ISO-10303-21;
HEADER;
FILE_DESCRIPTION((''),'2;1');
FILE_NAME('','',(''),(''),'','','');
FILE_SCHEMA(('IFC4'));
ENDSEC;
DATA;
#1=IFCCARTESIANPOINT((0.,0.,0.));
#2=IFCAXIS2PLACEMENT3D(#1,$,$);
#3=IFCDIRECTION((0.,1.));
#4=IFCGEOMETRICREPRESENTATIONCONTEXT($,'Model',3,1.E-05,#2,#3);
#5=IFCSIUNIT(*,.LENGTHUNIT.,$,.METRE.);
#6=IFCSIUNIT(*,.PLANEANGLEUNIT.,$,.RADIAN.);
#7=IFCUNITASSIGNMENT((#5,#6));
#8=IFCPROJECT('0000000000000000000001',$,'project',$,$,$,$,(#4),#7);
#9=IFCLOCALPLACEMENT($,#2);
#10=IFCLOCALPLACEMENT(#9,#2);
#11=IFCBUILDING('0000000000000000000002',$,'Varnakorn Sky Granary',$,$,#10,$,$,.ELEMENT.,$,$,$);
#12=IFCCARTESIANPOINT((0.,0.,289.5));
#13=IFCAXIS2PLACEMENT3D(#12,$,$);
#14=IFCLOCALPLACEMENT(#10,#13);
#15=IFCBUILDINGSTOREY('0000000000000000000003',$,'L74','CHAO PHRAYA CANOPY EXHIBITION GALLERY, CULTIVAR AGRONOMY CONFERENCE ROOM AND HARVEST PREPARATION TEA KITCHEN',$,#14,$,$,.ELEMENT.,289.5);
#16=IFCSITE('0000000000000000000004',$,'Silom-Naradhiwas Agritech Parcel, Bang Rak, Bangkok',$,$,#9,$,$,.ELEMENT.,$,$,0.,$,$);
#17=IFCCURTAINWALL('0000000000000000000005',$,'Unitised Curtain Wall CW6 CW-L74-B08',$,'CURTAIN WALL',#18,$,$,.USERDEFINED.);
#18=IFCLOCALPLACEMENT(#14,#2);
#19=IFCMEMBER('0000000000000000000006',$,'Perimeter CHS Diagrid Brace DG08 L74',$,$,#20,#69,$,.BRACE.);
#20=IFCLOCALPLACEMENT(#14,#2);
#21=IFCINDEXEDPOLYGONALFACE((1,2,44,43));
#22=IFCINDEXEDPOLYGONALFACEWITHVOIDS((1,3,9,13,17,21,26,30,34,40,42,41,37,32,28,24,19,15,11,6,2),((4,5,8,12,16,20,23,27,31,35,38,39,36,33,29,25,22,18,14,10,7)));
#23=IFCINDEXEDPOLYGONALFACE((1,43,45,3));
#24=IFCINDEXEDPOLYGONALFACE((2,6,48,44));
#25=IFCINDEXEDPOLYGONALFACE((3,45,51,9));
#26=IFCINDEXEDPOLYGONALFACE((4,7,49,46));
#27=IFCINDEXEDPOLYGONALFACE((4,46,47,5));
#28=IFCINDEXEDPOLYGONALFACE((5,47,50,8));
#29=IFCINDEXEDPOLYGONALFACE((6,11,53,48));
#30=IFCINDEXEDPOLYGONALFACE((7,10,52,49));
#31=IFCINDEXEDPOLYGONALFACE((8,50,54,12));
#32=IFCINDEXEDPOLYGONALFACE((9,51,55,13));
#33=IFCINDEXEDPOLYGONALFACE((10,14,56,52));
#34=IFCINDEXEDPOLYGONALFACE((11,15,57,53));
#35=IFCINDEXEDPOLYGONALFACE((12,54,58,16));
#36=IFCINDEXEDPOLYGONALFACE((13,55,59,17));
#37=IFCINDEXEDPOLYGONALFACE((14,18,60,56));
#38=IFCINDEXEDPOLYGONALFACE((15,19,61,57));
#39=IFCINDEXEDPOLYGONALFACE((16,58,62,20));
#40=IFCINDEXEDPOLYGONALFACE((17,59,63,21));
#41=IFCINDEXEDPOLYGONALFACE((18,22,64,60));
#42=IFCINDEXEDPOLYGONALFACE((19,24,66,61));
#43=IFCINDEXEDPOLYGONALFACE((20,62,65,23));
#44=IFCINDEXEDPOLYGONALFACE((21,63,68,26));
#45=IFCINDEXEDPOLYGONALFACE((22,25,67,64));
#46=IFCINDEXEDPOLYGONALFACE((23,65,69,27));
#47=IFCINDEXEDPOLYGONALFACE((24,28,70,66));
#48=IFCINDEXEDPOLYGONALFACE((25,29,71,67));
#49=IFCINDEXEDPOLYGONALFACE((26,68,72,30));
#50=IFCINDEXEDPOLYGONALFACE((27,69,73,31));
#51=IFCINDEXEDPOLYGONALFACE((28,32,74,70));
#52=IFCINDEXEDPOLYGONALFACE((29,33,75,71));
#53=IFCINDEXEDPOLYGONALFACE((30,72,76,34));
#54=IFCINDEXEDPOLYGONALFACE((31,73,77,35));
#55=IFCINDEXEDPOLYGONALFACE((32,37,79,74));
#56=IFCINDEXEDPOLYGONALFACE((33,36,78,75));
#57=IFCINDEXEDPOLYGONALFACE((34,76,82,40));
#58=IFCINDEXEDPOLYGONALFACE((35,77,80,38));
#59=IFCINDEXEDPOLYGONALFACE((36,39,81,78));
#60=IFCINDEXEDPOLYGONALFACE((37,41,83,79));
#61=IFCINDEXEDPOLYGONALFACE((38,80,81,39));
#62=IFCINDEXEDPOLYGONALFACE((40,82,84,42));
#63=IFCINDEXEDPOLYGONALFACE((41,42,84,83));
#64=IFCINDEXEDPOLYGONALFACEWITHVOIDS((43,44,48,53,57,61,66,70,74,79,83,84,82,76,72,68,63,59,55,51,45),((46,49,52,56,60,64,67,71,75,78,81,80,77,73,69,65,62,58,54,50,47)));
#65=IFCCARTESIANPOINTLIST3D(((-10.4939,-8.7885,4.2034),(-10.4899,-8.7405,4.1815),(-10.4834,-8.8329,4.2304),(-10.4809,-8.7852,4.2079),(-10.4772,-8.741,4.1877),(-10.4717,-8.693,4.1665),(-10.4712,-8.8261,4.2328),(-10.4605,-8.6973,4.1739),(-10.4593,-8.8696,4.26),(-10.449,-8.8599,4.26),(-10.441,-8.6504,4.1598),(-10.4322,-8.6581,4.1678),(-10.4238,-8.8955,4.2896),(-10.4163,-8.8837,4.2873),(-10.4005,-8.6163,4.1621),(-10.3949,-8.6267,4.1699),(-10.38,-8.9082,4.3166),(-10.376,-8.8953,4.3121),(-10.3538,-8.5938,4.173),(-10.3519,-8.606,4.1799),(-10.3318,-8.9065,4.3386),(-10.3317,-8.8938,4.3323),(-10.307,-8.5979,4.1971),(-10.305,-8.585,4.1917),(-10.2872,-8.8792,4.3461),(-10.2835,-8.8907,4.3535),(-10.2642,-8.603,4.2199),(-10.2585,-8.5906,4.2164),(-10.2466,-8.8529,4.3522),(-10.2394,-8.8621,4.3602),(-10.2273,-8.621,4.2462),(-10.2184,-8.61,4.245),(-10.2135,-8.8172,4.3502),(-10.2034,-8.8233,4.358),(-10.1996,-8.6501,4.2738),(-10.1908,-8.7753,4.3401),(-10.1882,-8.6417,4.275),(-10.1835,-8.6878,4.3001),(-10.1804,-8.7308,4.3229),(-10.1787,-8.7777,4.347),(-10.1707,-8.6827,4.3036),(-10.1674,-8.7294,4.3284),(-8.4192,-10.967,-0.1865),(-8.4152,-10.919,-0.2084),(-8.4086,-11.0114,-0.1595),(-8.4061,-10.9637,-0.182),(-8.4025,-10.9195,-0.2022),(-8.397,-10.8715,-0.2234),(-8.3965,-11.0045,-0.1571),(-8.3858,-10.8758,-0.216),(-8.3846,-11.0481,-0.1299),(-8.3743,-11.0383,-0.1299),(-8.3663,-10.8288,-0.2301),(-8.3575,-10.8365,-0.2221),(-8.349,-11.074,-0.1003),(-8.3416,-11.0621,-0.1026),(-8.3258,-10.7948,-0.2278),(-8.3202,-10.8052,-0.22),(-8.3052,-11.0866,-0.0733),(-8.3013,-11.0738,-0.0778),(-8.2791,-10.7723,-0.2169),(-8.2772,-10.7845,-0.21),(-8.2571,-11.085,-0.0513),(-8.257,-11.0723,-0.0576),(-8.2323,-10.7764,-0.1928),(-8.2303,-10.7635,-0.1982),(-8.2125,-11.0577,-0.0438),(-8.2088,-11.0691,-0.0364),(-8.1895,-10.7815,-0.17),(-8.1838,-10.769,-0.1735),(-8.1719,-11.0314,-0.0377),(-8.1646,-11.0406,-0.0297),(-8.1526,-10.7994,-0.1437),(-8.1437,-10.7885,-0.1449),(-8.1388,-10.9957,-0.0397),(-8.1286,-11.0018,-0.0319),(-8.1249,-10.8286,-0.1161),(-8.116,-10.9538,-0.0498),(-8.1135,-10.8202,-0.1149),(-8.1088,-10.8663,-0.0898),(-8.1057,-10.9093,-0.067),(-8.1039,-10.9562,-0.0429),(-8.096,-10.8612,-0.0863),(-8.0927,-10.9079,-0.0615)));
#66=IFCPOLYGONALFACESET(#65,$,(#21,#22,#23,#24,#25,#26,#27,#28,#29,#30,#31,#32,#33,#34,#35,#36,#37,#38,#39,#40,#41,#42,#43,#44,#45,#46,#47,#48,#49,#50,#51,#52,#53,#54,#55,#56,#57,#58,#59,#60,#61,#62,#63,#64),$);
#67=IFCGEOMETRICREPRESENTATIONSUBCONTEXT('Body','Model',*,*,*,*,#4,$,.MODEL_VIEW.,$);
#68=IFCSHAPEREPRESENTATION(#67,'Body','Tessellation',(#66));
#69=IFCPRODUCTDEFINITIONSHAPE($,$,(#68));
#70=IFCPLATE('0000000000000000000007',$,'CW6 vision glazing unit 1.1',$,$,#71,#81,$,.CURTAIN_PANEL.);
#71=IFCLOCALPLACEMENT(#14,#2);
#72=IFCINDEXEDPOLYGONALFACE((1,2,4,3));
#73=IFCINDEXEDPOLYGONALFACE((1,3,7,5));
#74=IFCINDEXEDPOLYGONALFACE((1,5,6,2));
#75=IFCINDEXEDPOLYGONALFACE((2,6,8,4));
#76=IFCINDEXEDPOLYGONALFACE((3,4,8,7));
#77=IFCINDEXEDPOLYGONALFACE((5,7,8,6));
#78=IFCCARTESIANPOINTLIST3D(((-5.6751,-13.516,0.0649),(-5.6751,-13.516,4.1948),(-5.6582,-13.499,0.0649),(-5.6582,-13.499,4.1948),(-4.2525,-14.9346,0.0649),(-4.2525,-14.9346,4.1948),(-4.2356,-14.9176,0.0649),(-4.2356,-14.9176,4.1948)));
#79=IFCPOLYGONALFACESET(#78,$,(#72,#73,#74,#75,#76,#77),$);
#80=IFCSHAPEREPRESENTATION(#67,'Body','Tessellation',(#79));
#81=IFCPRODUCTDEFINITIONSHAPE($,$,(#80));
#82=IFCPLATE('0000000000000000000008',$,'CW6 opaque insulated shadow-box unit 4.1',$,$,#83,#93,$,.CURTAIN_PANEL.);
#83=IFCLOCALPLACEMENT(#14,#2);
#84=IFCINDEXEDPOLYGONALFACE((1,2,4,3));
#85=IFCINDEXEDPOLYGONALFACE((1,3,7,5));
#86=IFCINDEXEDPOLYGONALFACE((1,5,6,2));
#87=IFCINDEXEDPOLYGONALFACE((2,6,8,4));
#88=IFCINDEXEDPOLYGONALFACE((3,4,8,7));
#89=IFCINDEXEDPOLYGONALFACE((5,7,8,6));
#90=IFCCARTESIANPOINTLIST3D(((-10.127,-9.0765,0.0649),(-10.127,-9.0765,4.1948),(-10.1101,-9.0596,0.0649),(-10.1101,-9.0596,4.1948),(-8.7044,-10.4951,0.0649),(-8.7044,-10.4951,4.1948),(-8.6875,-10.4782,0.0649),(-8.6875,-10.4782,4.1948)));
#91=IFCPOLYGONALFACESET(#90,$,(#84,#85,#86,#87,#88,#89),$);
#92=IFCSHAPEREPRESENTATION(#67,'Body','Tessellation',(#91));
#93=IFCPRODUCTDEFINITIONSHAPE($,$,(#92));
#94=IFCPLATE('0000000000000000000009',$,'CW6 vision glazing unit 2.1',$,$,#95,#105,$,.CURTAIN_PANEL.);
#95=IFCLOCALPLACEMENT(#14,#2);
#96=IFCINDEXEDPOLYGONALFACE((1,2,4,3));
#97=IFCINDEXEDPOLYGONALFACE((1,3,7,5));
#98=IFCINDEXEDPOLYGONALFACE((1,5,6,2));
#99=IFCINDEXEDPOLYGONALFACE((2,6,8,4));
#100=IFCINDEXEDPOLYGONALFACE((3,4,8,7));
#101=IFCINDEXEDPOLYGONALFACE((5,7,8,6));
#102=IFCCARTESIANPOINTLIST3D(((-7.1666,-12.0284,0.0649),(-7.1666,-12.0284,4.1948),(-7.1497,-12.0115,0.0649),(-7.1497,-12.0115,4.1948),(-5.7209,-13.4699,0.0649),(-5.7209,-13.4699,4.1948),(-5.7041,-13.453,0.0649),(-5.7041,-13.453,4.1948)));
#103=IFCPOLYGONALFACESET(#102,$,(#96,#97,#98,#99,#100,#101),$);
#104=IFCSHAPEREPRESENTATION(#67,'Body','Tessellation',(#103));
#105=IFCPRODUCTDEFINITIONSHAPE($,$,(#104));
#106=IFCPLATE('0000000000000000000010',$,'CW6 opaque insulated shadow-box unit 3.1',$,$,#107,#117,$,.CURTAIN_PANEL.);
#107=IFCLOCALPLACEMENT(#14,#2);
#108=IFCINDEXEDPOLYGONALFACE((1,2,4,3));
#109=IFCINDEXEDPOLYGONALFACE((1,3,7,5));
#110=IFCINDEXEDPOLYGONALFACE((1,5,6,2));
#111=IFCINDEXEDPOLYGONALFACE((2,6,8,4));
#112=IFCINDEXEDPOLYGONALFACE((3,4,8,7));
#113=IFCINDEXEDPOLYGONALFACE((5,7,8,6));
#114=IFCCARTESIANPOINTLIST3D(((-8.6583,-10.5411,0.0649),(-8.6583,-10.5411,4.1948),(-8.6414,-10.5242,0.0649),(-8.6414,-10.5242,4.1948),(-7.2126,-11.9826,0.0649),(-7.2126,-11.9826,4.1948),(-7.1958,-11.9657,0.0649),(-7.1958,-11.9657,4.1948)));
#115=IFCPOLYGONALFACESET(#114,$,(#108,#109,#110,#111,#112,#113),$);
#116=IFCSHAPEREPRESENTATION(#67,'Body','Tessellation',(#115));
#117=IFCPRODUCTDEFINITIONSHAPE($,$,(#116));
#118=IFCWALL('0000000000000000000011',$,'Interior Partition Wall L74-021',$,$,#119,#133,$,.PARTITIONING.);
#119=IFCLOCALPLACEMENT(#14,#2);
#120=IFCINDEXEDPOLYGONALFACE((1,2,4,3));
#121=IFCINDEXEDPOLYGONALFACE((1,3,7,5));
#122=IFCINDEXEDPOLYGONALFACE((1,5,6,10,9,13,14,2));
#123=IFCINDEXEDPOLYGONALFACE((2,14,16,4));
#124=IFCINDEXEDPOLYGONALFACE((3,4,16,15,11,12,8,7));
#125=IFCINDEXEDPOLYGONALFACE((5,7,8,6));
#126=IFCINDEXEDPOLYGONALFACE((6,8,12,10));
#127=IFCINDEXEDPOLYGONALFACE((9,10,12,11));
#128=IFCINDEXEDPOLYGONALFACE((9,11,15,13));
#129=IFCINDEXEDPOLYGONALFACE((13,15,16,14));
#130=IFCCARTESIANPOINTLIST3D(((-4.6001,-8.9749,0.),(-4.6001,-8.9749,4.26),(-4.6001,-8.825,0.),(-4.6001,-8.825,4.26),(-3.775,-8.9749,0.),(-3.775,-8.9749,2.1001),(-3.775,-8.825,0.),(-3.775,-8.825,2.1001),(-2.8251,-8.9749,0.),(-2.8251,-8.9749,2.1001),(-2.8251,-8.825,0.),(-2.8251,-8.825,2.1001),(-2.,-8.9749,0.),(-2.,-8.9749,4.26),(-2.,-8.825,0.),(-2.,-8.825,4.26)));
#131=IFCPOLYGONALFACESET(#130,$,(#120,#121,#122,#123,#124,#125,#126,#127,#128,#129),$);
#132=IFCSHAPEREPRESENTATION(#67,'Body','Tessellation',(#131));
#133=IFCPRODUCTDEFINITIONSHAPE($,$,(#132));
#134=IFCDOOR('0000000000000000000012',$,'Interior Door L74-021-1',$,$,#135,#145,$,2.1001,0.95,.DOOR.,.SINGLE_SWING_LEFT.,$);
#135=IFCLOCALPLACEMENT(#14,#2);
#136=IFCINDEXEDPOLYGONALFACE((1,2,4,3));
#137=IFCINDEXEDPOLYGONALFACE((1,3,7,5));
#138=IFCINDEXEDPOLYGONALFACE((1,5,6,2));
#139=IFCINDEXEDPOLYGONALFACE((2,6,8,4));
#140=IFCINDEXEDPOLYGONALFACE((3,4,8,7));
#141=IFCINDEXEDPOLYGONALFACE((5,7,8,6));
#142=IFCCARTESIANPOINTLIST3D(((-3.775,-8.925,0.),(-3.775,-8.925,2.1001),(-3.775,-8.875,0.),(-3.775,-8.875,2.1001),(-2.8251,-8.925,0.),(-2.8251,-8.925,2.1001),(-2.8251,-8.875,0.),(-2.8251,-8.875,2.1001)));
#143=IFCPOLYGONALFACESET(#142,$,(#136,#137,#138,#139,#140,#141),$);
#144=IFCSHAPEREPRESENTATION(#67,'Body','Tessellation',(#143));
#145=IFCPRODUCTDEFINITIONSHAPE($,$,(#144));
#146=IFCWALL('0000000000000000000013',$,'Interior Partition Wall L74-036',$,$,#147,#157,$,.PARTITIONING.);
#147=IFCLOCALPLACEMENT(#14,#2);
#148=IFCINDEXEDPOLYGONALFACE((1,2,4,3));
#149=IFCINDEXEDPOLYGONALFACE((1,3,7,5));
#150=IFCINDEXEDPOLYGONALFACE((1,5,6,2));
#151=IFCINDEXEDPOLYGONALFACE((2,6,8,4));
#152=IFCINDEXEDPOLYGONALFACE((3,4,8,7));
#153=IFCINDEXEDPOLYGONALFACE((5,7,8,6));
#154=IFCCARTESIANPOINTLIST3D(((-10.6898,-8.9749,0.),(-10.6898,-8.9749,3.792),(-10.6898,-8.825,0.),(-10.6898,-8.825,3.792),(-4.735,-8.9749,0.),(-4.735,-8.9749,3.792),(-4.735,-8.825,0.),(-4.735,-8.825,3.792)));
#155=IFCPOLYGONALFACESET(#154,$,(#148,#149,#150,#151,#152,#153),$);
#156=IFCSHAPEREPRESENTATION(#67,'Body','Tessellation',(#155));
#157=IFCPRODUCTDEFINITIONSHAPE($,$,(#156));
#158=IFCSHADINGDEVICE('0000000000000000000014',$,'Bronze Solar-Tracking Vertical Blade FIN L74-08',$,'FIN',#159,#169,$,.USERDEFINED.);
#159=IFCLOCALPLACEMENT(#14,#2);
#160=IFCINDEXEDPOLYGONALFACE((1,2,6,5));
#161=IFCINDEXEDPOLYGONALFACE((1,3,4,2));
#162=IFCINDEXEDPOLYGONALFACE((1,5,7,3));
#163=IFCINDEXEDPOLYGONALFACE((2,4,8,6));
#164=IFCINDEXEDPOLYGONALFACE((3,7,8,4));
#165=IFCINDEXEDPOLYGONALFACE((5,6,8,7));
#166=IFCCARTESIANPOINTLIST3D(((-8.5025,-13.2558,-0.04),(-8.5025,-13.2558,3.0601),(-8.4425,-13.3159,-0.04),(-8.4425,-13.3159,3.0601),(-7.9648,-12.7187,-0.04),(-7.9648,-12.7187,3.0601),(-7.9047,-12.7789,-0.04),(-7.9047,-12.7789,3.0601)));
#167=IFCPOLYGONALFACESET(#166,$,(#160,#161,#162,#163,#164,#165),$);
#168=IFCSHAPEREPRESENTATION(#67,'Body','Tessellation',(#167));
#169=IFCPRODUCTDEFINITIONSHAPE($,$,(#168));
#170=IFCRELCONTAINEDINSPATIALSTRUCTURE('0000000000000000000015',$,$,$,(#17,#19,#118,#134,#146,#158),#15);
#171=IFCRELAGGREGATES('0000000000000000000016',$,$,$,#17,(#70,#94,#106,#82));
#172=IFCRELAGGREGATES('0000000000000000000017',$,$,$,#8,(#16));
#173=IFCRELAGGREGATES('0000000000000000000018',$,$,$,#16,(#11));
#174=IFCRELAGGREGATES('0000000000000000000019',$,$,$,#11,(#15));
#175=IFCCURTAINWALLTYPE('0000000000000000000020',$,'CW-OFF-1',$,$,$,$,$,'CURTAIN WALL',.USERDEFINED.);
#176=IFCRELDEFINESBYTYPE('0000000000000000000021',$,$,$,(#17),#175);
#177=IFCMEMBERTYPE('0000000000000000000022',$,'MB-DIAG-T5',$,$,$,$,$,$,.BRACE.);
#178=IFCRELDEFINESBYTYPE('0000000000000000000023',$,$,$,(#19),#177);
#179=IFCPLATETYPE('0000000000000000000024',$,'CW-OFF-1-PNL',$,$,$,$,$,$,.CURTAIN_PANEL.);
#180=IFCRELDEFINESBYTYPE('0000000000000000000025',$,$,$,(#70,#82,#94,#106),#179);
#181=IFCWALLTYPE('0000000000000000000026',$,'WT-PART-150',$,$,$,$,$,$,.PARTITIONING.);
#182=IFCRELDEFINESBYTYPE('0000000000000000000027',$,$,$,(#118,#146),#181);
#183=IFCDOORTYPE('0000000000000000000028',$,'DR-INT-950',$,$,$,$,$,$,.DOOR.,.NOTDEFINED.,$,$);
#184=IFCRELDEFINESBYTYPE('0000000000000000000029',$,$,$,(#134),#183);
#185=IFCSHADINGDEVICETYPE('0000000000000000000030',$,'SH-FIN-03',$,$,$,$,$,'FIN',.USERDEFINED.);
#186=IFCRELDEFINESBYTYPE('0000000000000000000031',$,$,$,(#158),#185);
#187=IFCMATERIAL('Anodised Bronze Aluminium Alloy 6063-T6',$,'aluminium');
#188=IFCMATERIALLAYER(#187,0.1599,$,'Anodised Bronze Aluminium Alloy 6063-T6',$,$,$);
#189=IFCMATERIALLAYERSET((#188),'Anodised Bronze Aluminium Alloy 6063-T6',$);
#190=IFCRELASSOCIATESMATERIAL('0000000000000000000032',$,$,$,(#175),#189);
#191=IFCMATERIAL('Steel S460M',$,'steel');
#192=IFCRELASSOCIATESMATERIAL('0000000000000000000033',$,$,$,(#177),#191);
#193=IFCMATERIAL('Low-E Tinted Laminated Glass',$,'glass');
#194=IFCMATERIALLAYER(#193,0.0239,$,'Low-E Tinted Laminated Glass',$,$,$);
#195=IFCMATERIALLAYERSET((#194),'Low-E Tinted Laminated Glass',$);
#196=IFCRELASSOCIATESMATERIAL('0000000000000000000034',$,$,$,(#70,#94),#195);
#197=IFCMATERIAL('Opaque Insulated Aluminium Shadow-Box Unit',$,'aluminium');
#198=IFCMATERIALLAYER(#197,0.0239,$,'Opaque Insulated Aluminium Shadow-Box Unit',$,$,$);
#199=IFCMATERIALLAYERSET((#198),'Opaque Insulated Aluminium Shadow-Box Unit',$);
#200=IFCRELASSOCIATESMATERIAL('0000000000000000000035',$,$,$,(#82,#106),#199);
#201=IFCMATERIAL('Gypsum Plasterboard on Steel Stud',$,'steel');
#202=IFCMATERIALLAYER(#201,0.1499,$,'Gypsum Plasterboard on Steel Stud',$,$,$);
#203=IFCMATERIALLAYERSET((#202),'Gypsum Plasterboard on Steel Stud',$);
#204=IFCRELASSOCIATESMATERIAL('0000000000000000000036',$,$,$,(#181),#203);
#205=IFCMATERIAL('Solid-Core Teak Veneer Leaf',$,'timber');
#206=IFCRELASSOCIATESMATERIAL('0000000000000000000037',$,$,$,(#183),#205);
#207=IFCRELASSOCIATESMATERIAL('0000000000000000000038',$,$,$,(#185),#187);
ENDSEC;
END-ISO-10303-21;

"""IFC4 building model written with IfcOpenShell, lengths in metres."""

from ifc_helpers import new_model, si_unit, direction, frame, frame_2d, origin, origin_2d, place, context, subcontext, project, spatial, rectangle, hollow_circle, extrude, source, transform, mapped, material, layer, layer_set, material_profile, profile_set, type_object, type_shapes, element, fill, aggregate, save


model = new_model("IFC4")

# Units and contexts
model_context = context("Model", 3, precision=1e-05, world=origin(), true_north=direction((0.0, 1.0)))
body_context = subcontext(model_context, "Body", "Model", "MODEL_VIEW")
ifc_project = project(units=[si_unit("LENGTHUNIT", "METRE"), si_unit("PLANEANGLEUNIT", "RADIAN")], contexts=[model_context])

# Site, building, storey
site_placement = place(None, origin())
site = spatial("IfcSite", under=ifc_project, at=site_placement, Name="Silom-Naradhiwas Agritech Parcel, Bang Rak, Bangkok", CompositionType="ELEMENT", RefElevation=0.0)
building_placement = place(site_placement, origin())
building = spatial("IfcBuilding", under=site, at=building_placement, Name="Varnakorn Sky Granary", CompositionType="ELEMENT")
storey_placement = place(building_placement, frame((0.0, 0.0, 289.5)))
storey = spatial("IfcBuildingStorey", under=building, at=storey_placement, Name="L74", Description="CHAO PHRAYA CANOPY EXHIBITION GALLERY, CULTIVAR AGRONOMY CONFERENCE ROOM AND HARVEST PREPARATION TEA KITCHEN", CompositionType="ELEMENT", Elevation=289.5)

# Shared definitions
ifc_material_1 = material(Name="Steel S460M", Category="steel")

# Shared definitions
ifc_material_2 = material(Name="Anodised Bronze Aluminium Alloy 6063-T6", Category="aluminium")
ifc_layer_1 = layer(ifc_material_2, 0.1599, Name="Anodised Bronze Aluminium Alloy 6063-T6")
ifc_layer_set_1 = layer_set([ifc_layer_1], Name="Anodised Bronze Aluminium Alloy 6063-T6")
curtain_wall_type = type_object("IfcCurtainWallType", Name="CW-OFF-1", ElementType="CURTAIN WALL", PredefinedType="USERDEFINED", material=ifc_layer_set_1)

# Curtain wall
curtain_wall_1_placement = place(storey_placement, origin())
curtain_wall_1 = element("IfcCurtainWall", 1, at=curtain_wall_1_placement, inside=storey, type_object=curtain_wall_type, Name="Unitised Curtain Wall CW6 CW-L74-B08", ObjectType="CURTAIN WALL", PredefinedType="USERDEFINED")

# Member
ifc_material_profile_1 = material_profile(ifc_material_1, hollow_circle(Radius=0.1777, WallThickness=0.0142, at=origin_2d()), Name="CHS 355.6x14")
ifc_profile_set_1 = profile_set([ifc_material_profile_1], Name="Steel S460M")
member_type_1 = type_object("IfcMemberType", Name="MB-DIAG-T5", PredefinedType="BRACE", material=ifc_profile_set_1)
member_1_placement = place(storey_placement, frame((-8.2559, -10.9255, -0.1299), z_axis=(-0.389852, 0.40935, 0.824893), x_axis=(-0.724142, -0.689651, 0.0)))
element("IfcMember", 2, at=member_1_placement, inside=storey, type_object=member_type_1, Name="Perimeter CHS Diagrid Brace DG08 L74", PredefinedType="BRACE", context=body_context, shape_type="SweptSolid", body=[
    extrude(hollow_circle(Radius=0.1777, WallThickness=0.0142, at=origin_2d()), origin(), (0.0, 0.0, 1.0), 5.3218),
])

# Plates
ifc_material_3 = material(Name="Low-E Tinted Laminated Glass", Category="glass")
ifc_layer_2 = layer(ifc_material_3, 0.0239, Name="Low-E Tinted Laminated Glass")
ifc_layer_set_2 = layer_set([ifc_layer_2], Name="Low-E Tinted Laminated Glass")
plate_type = type_object("IfcPlateType", Name="CW-OFF-1-PNL", PredefinedType="CURTAIN_PANEL")
shared_shape_1 = source(origin(), body_context, "Body", "SweptSolid", [
    extrude(rectangle(XDim=2.009, YDim=0.0239, at=origin_2d()), origin(), (0.0, 0.0, 1.0), 4.1299),
])
plate_1_placement = place(storey_placement, frame((-4.9553, -14.2168, 0.0649), z_axis=(0.0, 0.0, 1.0), x_axis=(-0.708109, 0.706103, 0.0)))
plate_1 = element("IfcPlate", 3, at=plate_1_placement, type_object=plate_type, material=ifc_layer_set_2, Name="CW6 vision glazing unit 1.1", PredefinedType="CURTAIN_PANEL", context=body_context, shape_type="MappedRepresentation", body=[
    mapped(shared_shape_1, transform((0.0, 0.0, 0.0), x_axis=(1.0, 0.0, 0.0), y_axis=(0.0, 1.0, 0.0), z_axis=(0.0, 0.0, 1.0), scale=1.0)),
])
ifc_material_4 = material(Name="Opaque Insulated Aluminium Shadow-Box Unit", Category="aluminium")
ifc_layer_3 = layer(ifc_material_4, 0.0239, Name="Opaque Insulated Aluminium Shadow-Box Unit")
ifc_layer_set_3 = layer_set([ifc_layer_3], Name="Opaque Insulated Aluminium Shadow-Box Unit")
plate_2_placement = place(storey_placement, frame((-9.4072, -9.7773, 0.0649), z_axis=(0.0, 0.0, 1.0), x_axis=(-0.708109, 0.706103, 0.0)))
plate_2 = element("IfcPlate", 4, at=plate_2_placement, type_object=plate_type, material=ifc_layer_set_3, Name="CW6 opaque insulated shadow-box unit 4.1", PredefinedType="CURTAIN_PANEL", context=body_context, shape_type="MappedRepresentation", body=[
    mapped(shared_shape_1, transform((0.0, 0.0, 0.0), x_axis=(1.0, 0.0, 0.0), y_axis=(0.0, 1.0, 0.0), z_axis=(0.0, 0.0, 1.0), scale=1.0)),
])
shared_shape_2 = source(origin(), body_context, "Body", "SweptSolid", [
    extrude(rectangle(XDim=2.0415, YDim=0.0239, at=origin_2d()), origin(), (0.0, 0.0, 1.0), 4.1299),
])
type_shapes(plate_type, [shared_shape_1, shared_shape_2])
plate_3_placement = place(storey_placement, frame((-6.4353, -12.7407, 0.0649), z_axis=(0.0, 0.0, 1.0), x_axis=(-0.708109, 0.706103, 0.0)))
plate_3 = element("IfcPlate", 5, at=plate_3_placement, type_object=plate_type, material=ifc_layer_set_2, Name="CW6 vision glazing unit 2.1", PredefinedType="CURTAIN_PANEL", context=body_context, shape_type="MappedRepresentation", body=[
    mapped(shared_shape_2, transform((0.0, 0.0, 0.0), x_axis=(1.0, 0.0, 0.0), y_axis=(0.0, 1.0, 0.0), z_axis=(0.0, 0.0, 1.0), scale=1.0)),
])
plate_4_placement = place(storey_placement, frame((-7.927, -11.2534, 0.0649), z_axis=(0.0, 0.0, 1.0), x_axis=(-0.708109, 0.706103, 0.0)))
plate_4 = element("IfcPlate", 6, at=plate_4_placement, type_object=plate_type, material=ifc_layer_set_3, Name="CW6 opaque insulated shadow-box unit 3.1", PredefinedType="CURTAIN_PANEL", context=body_context, shape_type="MappedRepresentation", body=[
    mapped(shared_shape_2, transform((0.0, 0.0, 0.0), x_axis=(1.0, 0.0, 0.0), y_axis=(0.0, 1.0, 0.0), z_axis=(0.0, 0.0, 1.0), scale=1.0)),
])
aggregate(curtain_wall_1, [plate_1, plate_3, plate_4, plate_2])

# Wall, opening, door
ifc_material_5 = material(Name="Gypsum Plasterboard on Steel Stud", Category="steel")
ifc_layer_4 = layer(ifc_material_5, 0.1499, Name="Gypsum Plasterboard on Steel Stud")
ifc_layer_set_4 = layer_set([ifc_layer_4], Name="Gypsum Plasterboard on Steel Stud")
wall_type = type_object("IfcWallType", Name="WT-PART-150", PredefinedType="PARTITIONING", material=ifc_layer_set_4)
wall_1_placement = place(storey_placement, frame((-4.6001, -8.8999, 0.0), z_axis=(0.0, 0.0, 1.0), x_axis=(1.0, 0.0, 0.0)))
wall_1 = element("IfcWall", 7, at=wall_1_placement, inside=storey, type_object=wall_type, Name="Interior Partition Wall L74-021", PredefinedType="PARTITIONING", context=body_context, shape_type="SweptSolid", body=[
    extrude(rectangle(XDim=2.6001, YDim=0.1499, at=frame_2d((1.3, 0.0))), origin(), (0.0, 0.0, 1.0), 4.26),
])
opening_placement = place(wall_1_placement, frame((0.825, 0.0, 0.0)))
opening = element("IfcOpeningElement", 8, at=opening_placement, cuts=wall_1, PredefinedType="OPENING", context=body_context, shape_type="SweptSolid", body=[
    extrude(rectangle(XDim=0.95, YDim=2.1001, at=frame_2d((0.4751, 1.05))), frame((0.0, 0.085, 0.0), z_axis=(0.0, -1.0, 0.0), x_axis=(1.0, 0.0, 0.0)), (0.0, 0.0, 1.0), 0.1699),
])
ifc_material_6 = material(Name="Solid-Core Teak Veneer Leaf", Category="timber")
door_type = type_object("IfcDoorType", Name="DR-INT-950", OperationType="NOTDEFINED", PredefinedType="DOOR", material=ifc_material_6)
door_placement = place(opening_placement, origin())
door = element("IfcDoor", 9, at=door_placement, inside=storey, type_object=door_type, Name="Interior Door L74-021-1", OperationType="SINGLE_SWING_LEFT", OverallHeight=2.1001, OverallWidth=0.95, PredefinedType="DOOR", context=body_context, shape_type="SweptSolid", body=[
    extrude(rectangle(XDim=0.95, YDim=2.1001, at=frame_2d((0.4751, 1.05))), frame((0.0, 0.0249, 0.0), z_axis=(0.0, -1.0, 0.0), x_axis=(1.0, 0.0, 0.0)), (0.0, 0.0, 1.0), 0.05),
])
fill(opening, door)

# Wall
wall_2_placement = place(storey_placement, frame((-10.6899, -8.8999, 0.0), z_axis=(0.0, 0.0, 1.0), x_axis=(1.0, 0.0, 0.0)))
element("IfcWall", 10, at=wall_2_placement, inside=storey, type_object=wall_type, Name="Interior Partition Wall L74-036", PredefinedType="PARTITIONING", context=body_context, shape_type="SweptSolid", body=[
    extrude(rectangle(XDim=5.9548, YDim=0.1499, at=frame_2d((2.9775, 0.0))), origin(), (0.0, 0.0, 1.0), 3.792),
])

# Shading device
shading_device_type = type_object("IfcShadingDeviceType", Name="SH-FIN-03", ElementType="FIN", PredefinedType="USERDEFINED", material=ifc_material_2)
shared_shape_3 = source(origin(), body_context, "Body", "SweptSolid", [
    extrude(rectangle(XDim=0.085, YDim=0.76, at=origin_2d()), origin(), (0.0, 0.0, 1.0), 3.1001),
])
type_shapes(shading_device_type, [shared_shape_3])
shading_device_placement = place(storey_placement, frame((-8.2036, -13.0173, -0.04), z_axis=(0.0, 0.0, 1.0), x_axis=(0.706673, -0.70754, 0.0)))
element("IfcShadingDevice", 11, at=shading_device_placement, inside=storey, type_object=shading_device_type, Name="Bronze Solar-Tracking Vertical Blade FIN L74-08", ObjectType="FIN", PredefinedType="USERDEFINED", context=body_context, shape_type="MappedRepresentation", body=[
    mapped(shared_shape_3, transform((0.0, 0.0, 0.0), x_axis=(1.0, 0.0, 0.0), y_axis=(0.0, 1.0, 0.0), z_axis=(0.0, 0.0, 1.0), scale=1.0)),
])

save(model, "model.ifc")
